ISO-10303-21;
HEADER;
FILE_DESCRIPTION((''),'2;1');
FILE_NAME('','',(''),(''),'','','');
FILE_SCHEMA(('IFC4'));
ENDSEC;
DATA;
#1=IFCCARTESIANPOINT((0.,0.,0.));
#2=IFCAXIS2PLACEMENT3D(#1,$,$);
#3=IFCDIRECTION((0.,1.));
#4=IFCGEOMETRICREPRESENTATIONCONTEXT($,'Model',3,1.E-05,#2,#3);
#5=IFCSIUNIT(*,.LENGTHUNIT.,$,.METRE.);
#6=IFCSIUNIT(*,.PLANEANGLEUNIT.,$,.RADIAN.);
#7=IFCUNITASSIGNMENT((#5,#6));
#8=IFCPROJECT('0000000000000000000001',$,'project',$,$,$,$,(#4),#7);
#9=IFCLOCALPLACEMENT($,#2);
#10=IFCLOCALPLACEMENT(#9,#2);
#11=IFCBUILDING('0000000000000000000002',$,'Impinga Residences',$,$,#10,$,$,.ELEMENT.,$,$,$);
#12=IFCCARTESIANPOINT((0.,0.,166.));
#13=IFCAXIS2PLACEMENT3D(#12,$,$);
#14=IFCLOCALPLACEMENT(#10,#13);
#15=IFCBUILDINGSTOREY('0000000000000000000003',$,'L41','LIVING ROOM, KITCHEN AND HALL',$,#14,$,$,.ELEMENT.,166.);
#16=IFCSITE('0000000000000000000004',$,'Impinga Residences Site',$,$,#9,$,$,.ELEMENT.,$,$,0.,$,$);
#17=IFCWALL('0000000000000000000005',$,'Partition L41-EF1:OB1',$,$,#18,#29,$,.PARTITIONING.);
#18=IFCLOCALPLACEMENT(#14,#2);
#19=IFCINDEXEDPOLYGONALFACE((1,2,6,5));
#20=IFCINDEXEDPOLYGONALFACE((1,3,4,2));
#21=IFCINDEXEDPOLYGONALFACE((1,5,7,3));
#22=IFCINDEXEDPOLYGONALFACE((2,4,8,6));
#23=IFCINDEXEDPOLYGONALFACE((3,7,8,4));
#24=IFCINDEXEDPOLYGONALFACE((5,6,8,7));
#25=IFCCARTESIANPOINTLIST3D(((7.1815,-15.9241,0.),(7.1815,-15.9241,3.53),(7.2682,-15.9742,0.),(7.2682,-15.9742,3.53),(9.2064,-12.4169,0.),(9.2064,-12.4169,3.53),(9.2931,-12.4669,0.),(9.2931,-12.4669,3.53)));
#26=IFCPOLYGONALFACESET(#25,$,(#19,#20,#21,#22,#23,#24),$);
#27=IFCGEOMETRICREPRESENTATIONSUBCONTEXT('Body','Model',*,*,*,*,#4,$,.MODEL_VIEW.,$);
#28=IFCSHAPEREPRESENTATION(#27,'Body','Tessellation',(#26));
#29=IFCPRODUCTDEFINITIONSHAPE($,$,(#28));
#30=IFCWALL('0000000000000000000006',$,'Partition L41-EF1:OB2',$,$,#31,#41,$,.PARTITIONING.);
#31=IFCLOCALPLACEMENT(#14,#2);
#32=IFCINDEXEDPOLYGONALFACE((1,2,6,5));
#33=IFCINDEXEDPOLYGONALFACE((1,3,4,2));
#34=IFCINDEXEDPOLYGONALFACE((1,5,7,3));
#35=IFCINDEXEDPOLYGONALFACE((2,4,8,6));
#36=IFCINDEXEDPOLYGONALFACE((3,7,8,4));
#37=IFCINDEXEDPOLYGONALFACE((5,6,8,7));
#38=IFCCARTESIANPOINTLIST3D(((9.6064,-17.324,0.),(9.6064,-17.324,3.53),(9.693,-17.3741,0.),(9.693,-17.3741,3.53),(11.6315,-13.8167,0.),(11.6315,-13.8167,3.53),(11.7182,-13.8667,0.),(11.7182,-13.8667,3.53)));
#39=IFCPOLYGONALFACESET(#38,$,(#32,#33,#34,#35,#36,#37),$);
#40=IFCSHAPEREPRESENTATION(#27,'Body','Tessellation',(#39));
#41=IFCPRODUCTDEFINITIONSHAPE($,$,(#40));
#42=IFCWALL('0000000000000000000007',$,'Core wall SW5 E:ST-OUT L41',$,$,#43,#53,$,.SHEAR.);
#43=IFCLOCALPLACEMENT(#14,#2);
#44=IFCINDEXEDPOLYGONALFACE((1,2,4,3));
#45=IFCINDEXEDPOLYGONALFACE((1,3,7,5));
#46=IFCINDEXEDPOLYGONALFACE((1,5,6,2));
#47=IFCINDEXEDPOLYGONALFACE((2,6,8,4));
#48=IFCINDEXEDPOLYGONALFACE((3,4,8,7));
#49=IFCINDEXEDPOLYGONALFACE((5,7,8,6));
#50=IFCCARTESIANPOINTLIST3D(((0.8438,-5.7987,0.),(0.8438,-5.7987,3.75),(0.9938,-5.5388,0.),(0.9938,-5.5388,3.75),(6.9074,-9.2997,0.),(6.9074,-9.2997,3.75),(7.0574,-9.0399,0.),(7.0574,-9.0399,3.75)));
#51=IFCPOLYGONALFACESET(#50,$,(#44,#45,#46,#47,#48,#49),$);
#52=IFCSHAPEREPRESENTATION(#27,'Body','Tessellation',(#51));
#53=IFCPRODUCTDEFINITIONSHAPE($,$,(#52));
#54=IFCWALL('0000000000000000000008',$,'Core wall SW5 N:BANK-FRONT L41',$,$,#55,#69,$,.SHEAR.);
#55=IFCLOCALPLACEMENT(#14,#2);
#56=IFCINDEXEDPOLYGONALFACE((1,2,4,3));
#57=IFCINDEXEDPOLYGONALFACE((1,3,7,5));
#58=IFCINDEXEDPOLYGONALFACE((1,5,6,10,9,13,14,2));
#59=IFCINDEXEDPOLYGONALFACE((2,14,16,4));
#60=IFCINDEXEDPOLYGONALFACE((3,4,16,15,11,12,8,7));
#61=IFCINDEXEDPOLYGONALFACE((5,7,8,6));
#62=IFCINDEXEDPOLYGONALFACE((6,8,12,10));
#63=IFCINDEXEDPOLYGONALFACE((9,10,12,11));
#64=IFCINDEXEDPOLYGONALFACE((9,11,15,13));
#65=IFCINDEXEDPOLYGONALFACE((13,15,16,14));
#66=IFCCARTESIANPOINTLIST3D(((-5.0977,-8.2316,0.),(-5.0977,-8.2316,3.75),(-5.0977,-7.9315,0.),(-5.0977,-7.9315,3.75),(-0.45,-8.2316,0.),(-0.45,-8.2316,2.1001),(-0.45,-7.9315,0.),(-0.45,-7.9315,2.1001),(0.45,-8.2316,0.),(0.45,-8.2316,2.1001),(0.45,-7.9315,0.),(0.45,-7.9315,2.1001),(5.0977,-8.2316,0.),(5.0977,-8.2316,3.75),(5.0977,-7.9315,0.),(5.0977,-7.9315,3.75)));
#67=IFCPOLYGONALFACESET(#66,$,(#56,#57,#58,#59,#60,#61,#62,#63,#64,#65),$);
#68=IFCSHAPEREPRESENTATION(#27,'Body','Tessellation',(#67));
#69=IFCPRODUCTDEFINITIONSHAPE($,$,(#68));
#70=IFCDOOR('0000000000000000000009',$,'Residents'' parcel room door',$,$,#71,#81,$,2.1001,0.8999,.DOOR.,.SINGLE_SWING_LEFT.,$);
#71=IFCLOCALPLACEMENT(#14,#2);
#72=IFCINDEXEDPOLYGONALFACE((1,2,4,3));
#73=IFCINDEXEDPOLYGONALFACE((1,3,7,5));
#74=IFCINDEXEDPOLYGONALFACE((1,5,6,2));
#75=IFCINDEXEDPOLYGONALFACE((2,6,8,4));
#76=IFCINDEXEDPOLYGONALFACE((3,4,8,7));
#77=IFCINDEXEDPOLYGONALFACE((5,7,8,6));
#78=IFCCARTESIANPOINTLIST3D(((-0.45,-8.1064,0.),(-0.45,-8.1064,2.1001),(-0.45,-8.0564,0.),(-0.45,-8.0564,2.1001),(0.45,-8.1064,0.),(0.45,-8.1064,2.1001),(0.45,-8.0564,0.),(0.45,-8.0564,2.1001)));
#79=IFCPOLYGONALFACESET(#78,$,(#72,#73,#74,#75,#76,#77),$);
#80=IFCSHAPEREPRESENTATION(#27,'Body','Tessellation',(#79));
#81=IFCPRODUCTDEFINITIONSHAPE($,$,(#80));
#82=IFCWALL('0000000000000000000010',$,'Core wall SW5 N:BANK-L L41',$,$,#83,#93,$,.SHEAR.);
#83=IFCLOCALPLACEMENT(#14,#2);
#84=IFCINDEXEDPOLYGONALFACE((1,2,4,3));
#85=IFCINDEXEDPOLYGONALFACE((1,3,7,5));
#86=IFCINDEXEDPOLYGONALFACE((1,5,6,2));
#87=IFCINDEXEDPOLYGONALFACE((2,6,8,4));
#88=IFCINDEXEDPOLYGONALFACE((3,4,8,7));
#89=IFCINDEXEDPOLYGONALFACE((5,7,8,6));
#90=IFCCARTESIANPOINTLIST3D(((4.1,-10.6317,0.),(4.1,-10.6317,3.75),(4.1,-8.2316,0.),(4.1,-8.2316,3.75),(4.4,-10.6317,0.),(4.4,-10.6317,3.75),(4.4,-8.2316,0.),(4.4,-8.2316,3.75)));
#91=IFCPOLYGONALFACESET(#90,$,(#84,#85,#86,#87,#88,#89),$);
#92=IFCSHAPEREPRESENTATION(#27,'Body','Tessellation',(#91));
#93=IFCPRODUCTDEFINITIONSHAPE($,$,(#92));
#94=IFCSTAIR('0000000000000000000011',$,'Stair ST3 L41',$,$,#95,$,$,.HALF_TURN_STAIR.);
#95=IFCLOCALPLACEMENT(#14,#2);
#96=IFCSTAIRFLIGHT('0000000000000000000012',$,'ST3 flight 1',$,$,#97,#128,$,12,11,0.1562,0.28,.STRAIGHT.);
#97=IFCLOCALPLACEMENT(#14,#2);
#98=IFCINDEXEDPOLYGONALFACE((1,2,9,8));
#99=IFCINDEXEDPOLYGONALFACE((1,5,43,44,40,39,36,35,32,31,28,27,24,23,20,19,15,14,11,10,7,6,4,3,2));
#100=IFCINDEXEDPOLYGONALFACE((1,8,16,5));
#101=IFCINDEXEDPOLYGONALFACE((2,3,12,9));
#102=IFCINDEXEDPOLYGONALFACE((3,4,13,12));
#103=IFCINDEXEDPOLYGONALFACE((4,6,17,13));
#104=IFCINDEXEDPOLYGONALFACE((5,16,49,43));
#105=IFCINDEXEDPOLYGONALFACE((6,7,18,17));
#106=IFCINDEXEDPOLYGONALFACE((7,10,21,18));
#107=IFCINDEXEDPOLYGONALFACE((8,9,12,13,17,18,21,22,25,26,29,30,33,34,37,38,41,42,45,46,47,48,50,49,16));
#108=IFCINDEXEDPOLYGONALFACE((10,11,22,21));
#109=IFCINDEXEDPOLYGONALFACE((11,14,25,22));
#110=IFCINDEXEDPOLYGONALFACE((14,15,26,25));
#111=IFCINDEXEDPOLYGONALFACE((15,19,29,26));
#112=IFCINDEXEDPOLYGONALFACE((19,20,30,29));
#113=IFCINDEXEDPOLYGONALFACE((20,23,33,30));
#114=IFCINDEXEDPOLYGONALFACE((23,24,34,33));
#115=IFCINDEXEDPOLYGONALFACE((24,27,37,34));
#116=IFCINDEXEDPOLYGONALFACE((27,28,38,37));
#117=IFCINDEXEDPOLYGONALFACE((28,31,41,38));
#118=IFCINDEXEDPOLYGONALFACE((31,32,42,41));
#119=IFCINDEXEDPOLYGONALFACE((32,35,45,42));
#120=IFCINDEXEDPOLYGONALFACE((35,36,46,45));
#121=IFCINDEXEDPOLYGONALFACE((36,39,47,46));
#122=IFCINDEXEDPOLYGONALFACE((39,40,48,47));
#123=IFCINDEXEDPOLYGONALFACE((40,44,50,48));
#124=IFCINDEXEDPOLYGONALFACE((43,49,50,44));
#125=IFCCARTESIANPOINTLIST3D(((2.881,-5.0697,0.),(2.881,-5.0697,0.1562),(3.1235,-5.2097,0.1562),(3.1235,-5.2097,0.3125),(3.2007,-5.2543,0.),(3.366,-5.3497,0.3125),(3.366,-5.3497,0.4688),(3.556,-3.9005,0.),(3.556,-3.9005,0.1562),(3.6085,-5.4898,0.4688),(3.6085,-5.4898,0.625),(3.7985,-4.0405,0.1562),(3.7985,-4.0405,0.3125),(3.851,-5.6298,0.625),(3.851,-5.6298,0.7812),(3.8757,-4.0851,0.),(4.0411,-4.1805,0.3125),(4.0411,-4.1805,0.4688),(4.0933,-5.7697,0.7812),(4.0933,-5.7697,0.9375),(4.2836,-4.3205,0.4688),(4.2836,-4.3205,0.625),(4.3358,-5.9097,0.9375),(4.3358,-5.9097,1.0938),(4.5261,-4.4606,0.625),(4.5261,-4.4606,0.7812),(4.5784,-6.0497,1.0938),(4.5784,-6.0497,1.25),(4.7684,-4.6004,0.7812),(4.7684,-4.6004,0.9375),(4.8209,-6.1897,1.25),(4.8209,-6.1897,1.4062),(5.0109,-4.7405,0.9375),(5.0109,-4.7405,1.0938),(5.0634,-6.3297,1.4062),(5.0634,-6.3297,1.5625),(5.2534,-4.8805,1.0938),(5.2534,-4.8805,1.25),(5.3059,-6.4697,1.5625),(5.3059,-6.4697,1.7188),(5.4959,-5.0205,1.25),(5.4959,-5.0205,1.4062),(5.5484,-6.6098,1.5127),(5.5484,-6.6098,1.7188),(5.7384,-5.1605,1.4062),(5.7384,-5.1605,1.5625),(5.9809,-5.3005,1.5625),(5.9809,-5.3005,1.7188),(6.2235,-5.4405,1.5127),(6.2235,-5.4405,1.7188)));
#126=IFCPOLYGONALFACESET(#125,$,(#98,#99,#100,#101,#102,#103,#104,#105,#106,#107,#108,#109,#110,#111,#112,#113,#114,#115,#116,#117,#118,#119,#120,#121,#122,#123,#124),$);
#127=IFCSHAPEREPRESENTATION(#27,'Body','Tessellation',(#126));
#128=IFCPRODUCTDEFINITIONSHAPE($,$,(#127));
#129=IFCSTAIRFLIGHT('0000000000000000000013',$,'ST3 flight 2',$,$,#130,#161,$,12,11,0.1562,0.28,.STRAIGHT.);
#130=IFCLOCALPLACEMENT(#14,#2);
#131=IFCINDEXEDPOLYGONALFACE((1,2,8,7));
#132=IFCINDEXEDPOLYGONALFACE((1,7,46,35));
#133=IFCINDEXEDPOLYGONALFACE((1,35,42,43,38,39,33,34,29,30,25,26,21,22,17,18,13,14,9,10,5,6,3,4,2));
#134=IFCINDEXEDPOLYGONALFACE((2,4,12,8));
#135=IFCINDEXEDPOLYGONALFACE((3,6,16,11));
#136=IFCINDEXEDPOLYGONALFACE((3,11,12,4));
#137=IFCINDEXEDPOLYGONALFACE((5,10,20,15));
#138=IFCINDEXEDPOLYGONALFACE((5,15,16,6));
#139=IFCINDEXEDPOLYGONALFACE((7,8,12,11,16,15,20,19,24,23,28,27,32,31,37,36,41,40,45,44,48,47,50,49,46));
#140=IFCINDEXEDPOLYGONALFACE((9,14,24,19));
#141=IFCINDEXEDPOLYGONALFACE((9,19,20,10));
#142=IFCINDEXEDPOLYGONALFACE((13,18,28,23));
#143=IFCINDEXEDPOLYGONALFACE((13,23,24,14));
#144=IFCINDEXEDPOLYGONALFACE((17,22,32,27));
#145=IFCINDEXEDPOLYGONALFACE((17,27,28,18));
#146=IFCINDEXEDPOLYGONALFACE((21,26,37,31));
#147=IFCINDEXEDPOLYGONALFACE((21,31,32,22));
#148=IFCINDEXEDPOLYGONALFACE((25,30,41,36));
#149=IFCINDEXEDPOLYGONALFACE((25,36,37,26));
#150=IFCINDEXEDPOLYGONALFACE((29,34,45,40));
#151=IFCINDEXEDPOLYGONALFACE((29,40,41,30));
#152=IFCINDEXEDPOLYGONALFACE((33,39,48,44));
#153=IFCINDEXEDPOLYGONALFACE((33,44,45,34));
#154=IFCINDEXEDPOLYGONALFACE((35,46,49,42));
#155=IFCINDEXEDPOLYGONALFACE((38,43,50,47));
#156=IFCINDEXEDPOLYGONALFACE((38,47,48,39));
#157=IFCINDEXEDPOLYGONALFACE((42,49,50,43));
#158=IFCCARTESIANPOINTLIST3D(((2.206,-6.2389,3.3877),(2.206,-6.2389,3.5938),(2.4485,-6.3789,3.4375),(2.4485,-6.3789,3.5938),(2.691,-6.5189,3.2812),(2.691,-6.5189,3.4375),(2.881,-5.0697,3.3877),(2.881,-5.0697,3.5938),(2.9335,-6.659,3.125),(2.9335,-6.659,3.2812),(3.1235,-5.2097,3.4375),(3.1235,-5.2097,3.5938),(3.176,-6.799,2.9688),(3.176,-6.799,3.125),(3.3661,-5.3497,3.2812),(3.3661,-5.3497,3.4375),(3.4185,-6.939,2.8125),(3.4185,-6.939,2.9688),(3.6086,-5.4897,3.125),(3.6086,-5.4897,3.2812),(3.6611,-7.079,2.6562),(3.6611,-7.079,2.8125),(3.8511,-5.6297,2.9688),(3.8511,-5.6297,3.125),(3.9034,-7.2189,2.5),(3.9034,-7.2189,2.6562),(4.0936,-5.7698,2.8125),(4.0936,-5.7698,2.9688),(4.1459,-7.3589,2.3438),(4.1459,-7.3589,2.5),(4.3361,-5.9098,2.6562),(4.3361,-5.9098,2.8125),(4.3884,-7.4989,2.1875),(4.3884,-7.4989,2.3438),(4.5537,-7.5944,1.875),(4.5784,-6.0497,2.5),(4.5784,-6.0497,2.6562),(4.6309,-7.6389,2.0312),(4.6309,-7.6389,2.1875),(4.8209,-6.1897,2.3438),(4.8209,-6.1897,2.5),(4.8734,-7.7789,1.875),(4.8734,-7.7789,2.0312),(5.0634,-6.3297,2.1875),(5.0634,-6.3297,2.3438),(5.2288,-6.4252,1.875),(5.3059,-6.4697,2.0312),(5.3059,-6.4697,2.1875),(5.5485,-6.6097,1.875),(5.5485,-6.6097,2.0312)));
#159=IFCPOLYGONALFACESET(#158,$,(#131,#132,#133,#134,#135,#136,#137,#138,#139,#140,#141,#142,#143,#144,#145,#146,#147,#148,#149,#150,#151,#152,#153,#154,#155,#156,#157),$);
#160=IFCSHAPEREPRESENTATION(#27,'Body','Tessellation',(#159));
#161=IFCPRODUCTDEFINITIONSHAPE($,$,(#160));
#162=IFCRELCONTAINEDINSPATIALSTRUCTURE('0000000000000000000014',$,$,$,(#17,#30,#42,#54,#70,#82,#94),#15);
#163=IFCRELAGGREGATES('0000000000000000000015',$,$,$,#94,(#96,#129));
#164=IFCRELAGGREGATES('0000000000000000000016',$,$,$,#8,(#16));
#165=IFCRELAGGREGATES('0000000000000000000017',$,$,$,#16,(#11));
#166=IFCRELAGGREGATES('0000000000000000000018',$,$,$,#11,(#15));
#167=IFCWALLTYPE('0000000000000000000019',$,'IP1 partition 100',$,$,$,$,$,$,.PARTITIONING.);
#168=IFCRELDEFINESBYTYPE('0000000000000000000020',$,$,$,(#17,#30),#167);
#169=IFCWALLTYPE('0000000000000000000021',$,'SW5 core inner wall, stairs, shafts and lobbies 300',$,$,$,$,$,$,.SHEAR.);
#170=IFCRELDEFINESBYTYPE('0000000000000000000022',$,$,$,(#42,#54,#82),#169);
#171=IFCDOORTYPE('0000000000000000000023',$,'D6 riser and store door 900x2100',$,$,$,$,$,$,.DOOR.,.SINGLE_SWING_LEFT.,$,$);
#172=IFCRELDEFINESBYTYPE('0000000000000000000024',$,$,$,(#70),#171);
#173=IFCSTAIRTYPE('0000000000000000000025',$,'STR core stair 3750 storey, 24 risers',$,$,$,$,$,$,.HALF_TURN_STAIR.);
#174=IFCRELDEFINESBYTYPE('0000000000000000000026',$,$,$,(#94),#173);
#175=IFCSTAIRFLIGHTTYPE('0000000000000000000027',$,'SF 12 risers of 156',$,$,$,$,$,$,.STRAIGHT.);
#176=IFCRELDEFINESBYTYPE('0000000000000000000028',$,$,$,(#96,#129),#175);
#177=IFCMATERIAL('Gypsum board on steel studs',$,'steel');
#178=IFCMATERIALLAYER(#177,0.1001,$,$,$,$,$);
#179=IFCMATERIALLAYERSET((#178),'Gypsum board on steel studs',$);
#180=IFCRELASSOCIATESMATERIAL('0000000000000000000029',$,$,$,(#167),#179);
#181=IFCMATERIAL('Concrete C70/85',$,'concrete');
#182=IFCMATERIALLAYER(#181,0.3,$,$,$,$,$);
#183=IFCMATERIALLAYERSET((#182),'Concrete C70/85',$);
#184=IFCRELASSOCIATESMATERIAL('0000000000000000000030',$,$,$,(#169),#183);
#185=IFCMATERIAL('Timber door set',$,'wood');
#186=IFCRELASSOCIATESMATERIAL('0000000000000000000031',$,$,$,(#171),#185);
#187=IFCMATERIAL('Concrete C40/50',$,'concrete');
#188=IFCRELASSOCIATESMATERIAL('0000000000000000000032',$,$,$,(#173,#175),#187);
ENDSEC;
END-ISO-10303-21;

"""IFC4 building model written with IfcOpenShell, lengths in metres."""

from ifc_helpers import new_model, si_unit, direction, frame, frame_2d, origin, place, context, subcontext, project, spatial, polyline, rectangle, outline, extrude, material, layer, layer_set, type_object, element, fill, aggregate, save


model = new_model("IFC4")

# Units and contexts
model_context = context("Model", 3, precision=1e-05, world=origin(), true_north=direction((0.0, 1.0)))
body_context = subcontext(model_context, "Body", "Model", "MODEL_VIEW")
ifc_project = project(units=[si_unit("LENGTHUNIT", "METRE"), si_unit("PLANEANGLEUNIT", "RADIAN")], contexts=[model_context])

# Site, building, storey
site_placement = place(None, origin())
site = spatial("IfcSite", under=ifc_project, at=site_placement, Name="Impinga Residences Site", CompositionType="ELEMENT", RefElevation=0.0)
building_placement = place(site_placement, origin())
building = spatial("IfcBuilding", under=site, at=building_placement, Name="Impinga Residences", CompositionType="ELEMENT")
storey_placement = place(building_placement, frame((0.0, 0.0, 166.0)))
storey = spatial("IfcBuildingStorey", under=building, at=storey_placement, Name="L41", Description="LIVING ROOM, KITCHEN AND HALL", CompositionType="ELEMENT", Elevation=166.0)

# Shared definitions
ifc_material_1 = material(Name="Timber door set", Category="wood")

# Shared definitions
ifc_material_2 = material(Name="Gypsum board on steel studs", Category="steel")
ifc_layer_1 = layer(ifc_material_2, 0.1001)
ifc_layer_set_1 = layer_set([ifc_layer_1], Name="Gypsum board on steel studs")
wall_type_1 = type_object("IfcWallType", Name="IP1 partition 100", PredefinedType="PARTITIONING", material=ifc_layer_set_1)

# Walls
wall_1_placement = place(storey_placement, frame((9.2498, -12.4419, 0.0), z_axis=(0.0, 0.0, 1.0), x_axis=(-0.49999, -0.866031, 0.0)))
element("IfcWall", 1, at=wall_1_placement, inside=storey, type_object=wall_type_1, Name="Partition L41-EF1:OB1", PredefinedType="PARTITIONING", context=body_context, shape_type="SweptSolid", body=[
    extrude(rectangle(XDim=4.0498, YDim=0.1001, at=frame_2d((2.0249, 0.0))), origin(), (0.0, 0.0, 1.0), 3.53),
])
wall_2_placement = place(storey_placement, frame((11.6748, -13.8418, 0.0), z_axis=(0.0, 0.0, 1.0), x_axis=(-0.500036, -0.866005, 0.0)))
element("IfcWall", 2, at=wall_2_placement, inside=storey, type_object=wall_type_1, Name="Partition L41-EF1:OB2", PredefinedType="PARTITIONING", context=body_context, shape_type="SweptSolid", body=[
    extrude(rectangle(XDim=4.05, YDim=0.1001, at=frame_2d((2.0249, 0.0))), origin(), (0.0, 0.0, 1.0), 3.53),
])
ifc_material_3 = material(Name="Concrete C70/85", Category="concrete")
ifc_layer_2 = layer(ifc_material_3, 0.3)
ifc_layer_set_2 = layer_set([ifc_layer_2], Name="Concrete C70/85")
wall_type_2 = type_object("IfcWallType", Name="SW5 core inner wall, stairs, shafts and lobbies 300", PredefinedType="SHEAR", material=ifc_layer_set_2)
wall_3_placement = place(storey_placement, frame((0.9187, -5.6687, 0.0), z_axis=(0.0, 0.0, 1.0), x_axis=(0.866011, -0.500024, 0.0)))
element("IfcWall", 3, at=wall_3_placement, inside=storey, type_object=wall_type_2, Name="Core wall SW5 E:ST-OUT L41", PredefinedType="SHEAR", context=body_context, shape_type="SweptSolid", body=[
    extrude(rectangle(XDim=7.0017, YDim=0.3, at=frame_2d((3.501, 0.0))), origin(), (0.0, 0.0, 1.0), 3.75),
])

# Wall, opening, door
wall_4_placement = place(storey_placement, frame((5.0977, -8.0815, 0.0), z_axis=(0.0, 0.0, 1.0), x_axis=(-1.0, 0.0, 0.0)))
wall_4 = element("IfcWall", 4, at=wall_4_placement, inside=storey, type_object=wall_type_2, Name="Core wall SW5 N:BANK-FRONT L41", PredefinedType="SHEAR", context=body_context, shape_type="SweptSolid", body=[
    extrude(rectangle(XDim=10.1953, YDim=0.3, at=frame_2d((5.0977, 0.0))), origin(), (0.0, 0.0, 1.0), 3.75),
])
opening_1_placement = place(wall_4_placement, frame((4.6477, 0.0, 0.0)))
opening_1 = element("IfcOpeningElement", 5, at=opening_1_placement, cuts=wall_4, PredefinedType="OPENING", context=body_context, shape_type="SweptSolid", body=[
    extrude(rectangle(XDim=0.8999, YDim=2.1001, at=frame_2d((0.45, 1.05))), frame((0.0, 0.1599, 0.0), z_axis=(0.0, -1.0, 0.0), x_axis=(1.0, 0.0, 0.0)), (0.0, 0.0, 1.0), 0.3201),
])
door_type_1 = type_object("IfcDoorType", Name="D6 riser and store door 900x2100", OperationType="SINGLE_SWING_LEFT", PredefinedType="DOOR", material=ifc_material_1)
door_1_placement = place(opening_1_placement, origin())
door_1 = element("IfcDoor", 6, at=door_1_placement, inside=storey, type_object=door_type_1, Name="Residents' parcel room door", OperationType="SINGLE_SWING_LEFT", OverallHeight=2.1001, OverallWidth=0.8999, PredefinedType="DOOR", context=body_context, shape_type="SweptSolid", body=[
    extrude(rectangle(XDim=0.8999, YDim=2.1001, at=frame_2d((0.45, 1.05))), frame((0.0, 0.0249, 0.0), z_axis=(0.0, -1.0, 0.0), x_axis=(1.0, 0.0, 0.0)), (0.0, 0.0, 1.0), 0.05),
])
fill(opening_1, door_1)

# Wall
wall_5_placement = place(storey_placement, frame((4.25, -8.2314, 0.0), z_axis=(0.0, 0.0, 1.0), x_axis=(0.0, -1.0, 0.0)))
element("IfcWall", 7, at=wall_5_placement, inside=storey, type_object=wall_type_2, Name="Core wall SW5 N:BANK-L L41", PredefinedType="SHEAR", context=body_context, shape_type="SweptSolid", body=[
    extrude(rectangle(XDim=2.4001, YDim=0.3, at=frame_2d((1.2002, 0.0))), origin(), (0.0, 0.0, 1.0), 3.75),
])

# Stair, stair flights
ifc_material_4 = material(Name="Concrete C40/50", Category="concrete")
stair_type = type_object("IfcStairType", Name="STR core stair 3750 storey, 24 risers", PredefinedType="HALF_TURN_STAIR", material=ifc_material_4)
stair_placement = place(storey_placement, origin())
stair = element("IfcStair", 8, at=stair_placement, inside=storey, type_object=stair_type, Name="Stair ST3 L41", PredefinedType="HALF_TURN_STAIR")
stair_flight_type = type_object("IfcStairFlightType", Name="SF 12 risers of 156", PredefinedType="STRAIGHT", material=ifc_material_4)
stair_flight_1_placement = place(storey_placement, frame((3.2185, -4.4851, 0.0), z_axis=(0.0, 0.0, 1.0), x_axis=(0.866025, -0.5, 0.0)))
stair_flight_1 = element("IfcStairFlight", 9, at=stair_flight_1_placement, type_object=stair_flight_type, Name="ST3 flight 1", NumberOfRisers=12, NumberOfTreads=11, PredefinedType="STRAIGHT", RiserHeight=0.1562, TreadLength=0.28, context=body_context, shape_type="SweptSolid", body=[
    extrude(outline(polyline([(0.0, 0.0), (0.0, 0.1562), (0.28, 0.1562), (0.28, 0.3125), (0.5601, 0.3125), (0.5601, 0.4688), (0.8401, 0.4688), (0.8401, 0.625), (1.1201, 0.625), (1.1201, 0.7812), (1.3999, 0.7812), (1.3999, 0.9375), (1.6799, 0.9375), (1.6799, 1.0938), (1.96, 1.0938), (1.96, 1.25), (2.24, 1.25), (2.24, 1.4062), (2.52, 1.4062), (2.52, 1.5625), (2.8, 1.5625), (2.8, 1.7188), (3.0801, 1.7188), (3.0801, 1.875), (3.0801, 1.5127), (0.3691, 0.0), (0.0, 0.0)])), frame((0.0, 0.675, 0.0), z_axis=(0.0, -1.0, 0.0), x_axis=(1.0, 0.0, 0.0)), (0.0, 0.0, 1.0), 1.3501),
])
stair_flight_2_placement = place(storey_placement, frame((5.2109, -7.1943, 1.875), z_axis=(0.0, 0.0, 1.0), x_axis=(-0.866025, 0.5, 0.0)))
stair_flight_2 = element("IfcStairFlight", 10, at=stair_flight_2_placement, type_object=stair_flight_type, Name="ST3 flight 2", NumberOfRisers=12, NumberOfTreads=11, PredefinedType="STRAIGHT", RiserHeight=0.1562, TreadLength=0.28, context=body_context, shape_type="SweptSolid", body=[
    extrude(outline(polyline([(0.0, 0.0), (0.0, 0.1562), (0.28, 0.1562), (0.28, 0.3125), (0.5601, 0.3125), (0.5601, 0.4688), (0.8401, 0.4688), (0.8401, 0.625), (1.1201, 0.625), (1.1201, 0.7812), (1.3999, 0.7812), (1.3999, 0.9375), (1.6799, 0.9375), (1.6799, 1.0938), (1.96, 1.0938), (1.96, 1.25), (2.24, 1.25), (2.24, 1.4062), (2.52, 1.4062), (2.52, 1.5625), (2.8, 1.5625), (2.8, 1.7188), (3.0801, 1.7188), (3.0801, 1.875), (3.0801, 1.5127), (0.3691, 0.0), (0.0, 0.0)])), frame((0.0, 0.675, 0.0), z_axis=(0.0, -1.0, 0.0), x_axis=(1.0, 0.0, 0.0)), (0.0, 0.0, 1.0), 1.3501),
])
aggregate(stair, [stair_flight_1, stair_flight_2])

save(model, "model.ifc")
